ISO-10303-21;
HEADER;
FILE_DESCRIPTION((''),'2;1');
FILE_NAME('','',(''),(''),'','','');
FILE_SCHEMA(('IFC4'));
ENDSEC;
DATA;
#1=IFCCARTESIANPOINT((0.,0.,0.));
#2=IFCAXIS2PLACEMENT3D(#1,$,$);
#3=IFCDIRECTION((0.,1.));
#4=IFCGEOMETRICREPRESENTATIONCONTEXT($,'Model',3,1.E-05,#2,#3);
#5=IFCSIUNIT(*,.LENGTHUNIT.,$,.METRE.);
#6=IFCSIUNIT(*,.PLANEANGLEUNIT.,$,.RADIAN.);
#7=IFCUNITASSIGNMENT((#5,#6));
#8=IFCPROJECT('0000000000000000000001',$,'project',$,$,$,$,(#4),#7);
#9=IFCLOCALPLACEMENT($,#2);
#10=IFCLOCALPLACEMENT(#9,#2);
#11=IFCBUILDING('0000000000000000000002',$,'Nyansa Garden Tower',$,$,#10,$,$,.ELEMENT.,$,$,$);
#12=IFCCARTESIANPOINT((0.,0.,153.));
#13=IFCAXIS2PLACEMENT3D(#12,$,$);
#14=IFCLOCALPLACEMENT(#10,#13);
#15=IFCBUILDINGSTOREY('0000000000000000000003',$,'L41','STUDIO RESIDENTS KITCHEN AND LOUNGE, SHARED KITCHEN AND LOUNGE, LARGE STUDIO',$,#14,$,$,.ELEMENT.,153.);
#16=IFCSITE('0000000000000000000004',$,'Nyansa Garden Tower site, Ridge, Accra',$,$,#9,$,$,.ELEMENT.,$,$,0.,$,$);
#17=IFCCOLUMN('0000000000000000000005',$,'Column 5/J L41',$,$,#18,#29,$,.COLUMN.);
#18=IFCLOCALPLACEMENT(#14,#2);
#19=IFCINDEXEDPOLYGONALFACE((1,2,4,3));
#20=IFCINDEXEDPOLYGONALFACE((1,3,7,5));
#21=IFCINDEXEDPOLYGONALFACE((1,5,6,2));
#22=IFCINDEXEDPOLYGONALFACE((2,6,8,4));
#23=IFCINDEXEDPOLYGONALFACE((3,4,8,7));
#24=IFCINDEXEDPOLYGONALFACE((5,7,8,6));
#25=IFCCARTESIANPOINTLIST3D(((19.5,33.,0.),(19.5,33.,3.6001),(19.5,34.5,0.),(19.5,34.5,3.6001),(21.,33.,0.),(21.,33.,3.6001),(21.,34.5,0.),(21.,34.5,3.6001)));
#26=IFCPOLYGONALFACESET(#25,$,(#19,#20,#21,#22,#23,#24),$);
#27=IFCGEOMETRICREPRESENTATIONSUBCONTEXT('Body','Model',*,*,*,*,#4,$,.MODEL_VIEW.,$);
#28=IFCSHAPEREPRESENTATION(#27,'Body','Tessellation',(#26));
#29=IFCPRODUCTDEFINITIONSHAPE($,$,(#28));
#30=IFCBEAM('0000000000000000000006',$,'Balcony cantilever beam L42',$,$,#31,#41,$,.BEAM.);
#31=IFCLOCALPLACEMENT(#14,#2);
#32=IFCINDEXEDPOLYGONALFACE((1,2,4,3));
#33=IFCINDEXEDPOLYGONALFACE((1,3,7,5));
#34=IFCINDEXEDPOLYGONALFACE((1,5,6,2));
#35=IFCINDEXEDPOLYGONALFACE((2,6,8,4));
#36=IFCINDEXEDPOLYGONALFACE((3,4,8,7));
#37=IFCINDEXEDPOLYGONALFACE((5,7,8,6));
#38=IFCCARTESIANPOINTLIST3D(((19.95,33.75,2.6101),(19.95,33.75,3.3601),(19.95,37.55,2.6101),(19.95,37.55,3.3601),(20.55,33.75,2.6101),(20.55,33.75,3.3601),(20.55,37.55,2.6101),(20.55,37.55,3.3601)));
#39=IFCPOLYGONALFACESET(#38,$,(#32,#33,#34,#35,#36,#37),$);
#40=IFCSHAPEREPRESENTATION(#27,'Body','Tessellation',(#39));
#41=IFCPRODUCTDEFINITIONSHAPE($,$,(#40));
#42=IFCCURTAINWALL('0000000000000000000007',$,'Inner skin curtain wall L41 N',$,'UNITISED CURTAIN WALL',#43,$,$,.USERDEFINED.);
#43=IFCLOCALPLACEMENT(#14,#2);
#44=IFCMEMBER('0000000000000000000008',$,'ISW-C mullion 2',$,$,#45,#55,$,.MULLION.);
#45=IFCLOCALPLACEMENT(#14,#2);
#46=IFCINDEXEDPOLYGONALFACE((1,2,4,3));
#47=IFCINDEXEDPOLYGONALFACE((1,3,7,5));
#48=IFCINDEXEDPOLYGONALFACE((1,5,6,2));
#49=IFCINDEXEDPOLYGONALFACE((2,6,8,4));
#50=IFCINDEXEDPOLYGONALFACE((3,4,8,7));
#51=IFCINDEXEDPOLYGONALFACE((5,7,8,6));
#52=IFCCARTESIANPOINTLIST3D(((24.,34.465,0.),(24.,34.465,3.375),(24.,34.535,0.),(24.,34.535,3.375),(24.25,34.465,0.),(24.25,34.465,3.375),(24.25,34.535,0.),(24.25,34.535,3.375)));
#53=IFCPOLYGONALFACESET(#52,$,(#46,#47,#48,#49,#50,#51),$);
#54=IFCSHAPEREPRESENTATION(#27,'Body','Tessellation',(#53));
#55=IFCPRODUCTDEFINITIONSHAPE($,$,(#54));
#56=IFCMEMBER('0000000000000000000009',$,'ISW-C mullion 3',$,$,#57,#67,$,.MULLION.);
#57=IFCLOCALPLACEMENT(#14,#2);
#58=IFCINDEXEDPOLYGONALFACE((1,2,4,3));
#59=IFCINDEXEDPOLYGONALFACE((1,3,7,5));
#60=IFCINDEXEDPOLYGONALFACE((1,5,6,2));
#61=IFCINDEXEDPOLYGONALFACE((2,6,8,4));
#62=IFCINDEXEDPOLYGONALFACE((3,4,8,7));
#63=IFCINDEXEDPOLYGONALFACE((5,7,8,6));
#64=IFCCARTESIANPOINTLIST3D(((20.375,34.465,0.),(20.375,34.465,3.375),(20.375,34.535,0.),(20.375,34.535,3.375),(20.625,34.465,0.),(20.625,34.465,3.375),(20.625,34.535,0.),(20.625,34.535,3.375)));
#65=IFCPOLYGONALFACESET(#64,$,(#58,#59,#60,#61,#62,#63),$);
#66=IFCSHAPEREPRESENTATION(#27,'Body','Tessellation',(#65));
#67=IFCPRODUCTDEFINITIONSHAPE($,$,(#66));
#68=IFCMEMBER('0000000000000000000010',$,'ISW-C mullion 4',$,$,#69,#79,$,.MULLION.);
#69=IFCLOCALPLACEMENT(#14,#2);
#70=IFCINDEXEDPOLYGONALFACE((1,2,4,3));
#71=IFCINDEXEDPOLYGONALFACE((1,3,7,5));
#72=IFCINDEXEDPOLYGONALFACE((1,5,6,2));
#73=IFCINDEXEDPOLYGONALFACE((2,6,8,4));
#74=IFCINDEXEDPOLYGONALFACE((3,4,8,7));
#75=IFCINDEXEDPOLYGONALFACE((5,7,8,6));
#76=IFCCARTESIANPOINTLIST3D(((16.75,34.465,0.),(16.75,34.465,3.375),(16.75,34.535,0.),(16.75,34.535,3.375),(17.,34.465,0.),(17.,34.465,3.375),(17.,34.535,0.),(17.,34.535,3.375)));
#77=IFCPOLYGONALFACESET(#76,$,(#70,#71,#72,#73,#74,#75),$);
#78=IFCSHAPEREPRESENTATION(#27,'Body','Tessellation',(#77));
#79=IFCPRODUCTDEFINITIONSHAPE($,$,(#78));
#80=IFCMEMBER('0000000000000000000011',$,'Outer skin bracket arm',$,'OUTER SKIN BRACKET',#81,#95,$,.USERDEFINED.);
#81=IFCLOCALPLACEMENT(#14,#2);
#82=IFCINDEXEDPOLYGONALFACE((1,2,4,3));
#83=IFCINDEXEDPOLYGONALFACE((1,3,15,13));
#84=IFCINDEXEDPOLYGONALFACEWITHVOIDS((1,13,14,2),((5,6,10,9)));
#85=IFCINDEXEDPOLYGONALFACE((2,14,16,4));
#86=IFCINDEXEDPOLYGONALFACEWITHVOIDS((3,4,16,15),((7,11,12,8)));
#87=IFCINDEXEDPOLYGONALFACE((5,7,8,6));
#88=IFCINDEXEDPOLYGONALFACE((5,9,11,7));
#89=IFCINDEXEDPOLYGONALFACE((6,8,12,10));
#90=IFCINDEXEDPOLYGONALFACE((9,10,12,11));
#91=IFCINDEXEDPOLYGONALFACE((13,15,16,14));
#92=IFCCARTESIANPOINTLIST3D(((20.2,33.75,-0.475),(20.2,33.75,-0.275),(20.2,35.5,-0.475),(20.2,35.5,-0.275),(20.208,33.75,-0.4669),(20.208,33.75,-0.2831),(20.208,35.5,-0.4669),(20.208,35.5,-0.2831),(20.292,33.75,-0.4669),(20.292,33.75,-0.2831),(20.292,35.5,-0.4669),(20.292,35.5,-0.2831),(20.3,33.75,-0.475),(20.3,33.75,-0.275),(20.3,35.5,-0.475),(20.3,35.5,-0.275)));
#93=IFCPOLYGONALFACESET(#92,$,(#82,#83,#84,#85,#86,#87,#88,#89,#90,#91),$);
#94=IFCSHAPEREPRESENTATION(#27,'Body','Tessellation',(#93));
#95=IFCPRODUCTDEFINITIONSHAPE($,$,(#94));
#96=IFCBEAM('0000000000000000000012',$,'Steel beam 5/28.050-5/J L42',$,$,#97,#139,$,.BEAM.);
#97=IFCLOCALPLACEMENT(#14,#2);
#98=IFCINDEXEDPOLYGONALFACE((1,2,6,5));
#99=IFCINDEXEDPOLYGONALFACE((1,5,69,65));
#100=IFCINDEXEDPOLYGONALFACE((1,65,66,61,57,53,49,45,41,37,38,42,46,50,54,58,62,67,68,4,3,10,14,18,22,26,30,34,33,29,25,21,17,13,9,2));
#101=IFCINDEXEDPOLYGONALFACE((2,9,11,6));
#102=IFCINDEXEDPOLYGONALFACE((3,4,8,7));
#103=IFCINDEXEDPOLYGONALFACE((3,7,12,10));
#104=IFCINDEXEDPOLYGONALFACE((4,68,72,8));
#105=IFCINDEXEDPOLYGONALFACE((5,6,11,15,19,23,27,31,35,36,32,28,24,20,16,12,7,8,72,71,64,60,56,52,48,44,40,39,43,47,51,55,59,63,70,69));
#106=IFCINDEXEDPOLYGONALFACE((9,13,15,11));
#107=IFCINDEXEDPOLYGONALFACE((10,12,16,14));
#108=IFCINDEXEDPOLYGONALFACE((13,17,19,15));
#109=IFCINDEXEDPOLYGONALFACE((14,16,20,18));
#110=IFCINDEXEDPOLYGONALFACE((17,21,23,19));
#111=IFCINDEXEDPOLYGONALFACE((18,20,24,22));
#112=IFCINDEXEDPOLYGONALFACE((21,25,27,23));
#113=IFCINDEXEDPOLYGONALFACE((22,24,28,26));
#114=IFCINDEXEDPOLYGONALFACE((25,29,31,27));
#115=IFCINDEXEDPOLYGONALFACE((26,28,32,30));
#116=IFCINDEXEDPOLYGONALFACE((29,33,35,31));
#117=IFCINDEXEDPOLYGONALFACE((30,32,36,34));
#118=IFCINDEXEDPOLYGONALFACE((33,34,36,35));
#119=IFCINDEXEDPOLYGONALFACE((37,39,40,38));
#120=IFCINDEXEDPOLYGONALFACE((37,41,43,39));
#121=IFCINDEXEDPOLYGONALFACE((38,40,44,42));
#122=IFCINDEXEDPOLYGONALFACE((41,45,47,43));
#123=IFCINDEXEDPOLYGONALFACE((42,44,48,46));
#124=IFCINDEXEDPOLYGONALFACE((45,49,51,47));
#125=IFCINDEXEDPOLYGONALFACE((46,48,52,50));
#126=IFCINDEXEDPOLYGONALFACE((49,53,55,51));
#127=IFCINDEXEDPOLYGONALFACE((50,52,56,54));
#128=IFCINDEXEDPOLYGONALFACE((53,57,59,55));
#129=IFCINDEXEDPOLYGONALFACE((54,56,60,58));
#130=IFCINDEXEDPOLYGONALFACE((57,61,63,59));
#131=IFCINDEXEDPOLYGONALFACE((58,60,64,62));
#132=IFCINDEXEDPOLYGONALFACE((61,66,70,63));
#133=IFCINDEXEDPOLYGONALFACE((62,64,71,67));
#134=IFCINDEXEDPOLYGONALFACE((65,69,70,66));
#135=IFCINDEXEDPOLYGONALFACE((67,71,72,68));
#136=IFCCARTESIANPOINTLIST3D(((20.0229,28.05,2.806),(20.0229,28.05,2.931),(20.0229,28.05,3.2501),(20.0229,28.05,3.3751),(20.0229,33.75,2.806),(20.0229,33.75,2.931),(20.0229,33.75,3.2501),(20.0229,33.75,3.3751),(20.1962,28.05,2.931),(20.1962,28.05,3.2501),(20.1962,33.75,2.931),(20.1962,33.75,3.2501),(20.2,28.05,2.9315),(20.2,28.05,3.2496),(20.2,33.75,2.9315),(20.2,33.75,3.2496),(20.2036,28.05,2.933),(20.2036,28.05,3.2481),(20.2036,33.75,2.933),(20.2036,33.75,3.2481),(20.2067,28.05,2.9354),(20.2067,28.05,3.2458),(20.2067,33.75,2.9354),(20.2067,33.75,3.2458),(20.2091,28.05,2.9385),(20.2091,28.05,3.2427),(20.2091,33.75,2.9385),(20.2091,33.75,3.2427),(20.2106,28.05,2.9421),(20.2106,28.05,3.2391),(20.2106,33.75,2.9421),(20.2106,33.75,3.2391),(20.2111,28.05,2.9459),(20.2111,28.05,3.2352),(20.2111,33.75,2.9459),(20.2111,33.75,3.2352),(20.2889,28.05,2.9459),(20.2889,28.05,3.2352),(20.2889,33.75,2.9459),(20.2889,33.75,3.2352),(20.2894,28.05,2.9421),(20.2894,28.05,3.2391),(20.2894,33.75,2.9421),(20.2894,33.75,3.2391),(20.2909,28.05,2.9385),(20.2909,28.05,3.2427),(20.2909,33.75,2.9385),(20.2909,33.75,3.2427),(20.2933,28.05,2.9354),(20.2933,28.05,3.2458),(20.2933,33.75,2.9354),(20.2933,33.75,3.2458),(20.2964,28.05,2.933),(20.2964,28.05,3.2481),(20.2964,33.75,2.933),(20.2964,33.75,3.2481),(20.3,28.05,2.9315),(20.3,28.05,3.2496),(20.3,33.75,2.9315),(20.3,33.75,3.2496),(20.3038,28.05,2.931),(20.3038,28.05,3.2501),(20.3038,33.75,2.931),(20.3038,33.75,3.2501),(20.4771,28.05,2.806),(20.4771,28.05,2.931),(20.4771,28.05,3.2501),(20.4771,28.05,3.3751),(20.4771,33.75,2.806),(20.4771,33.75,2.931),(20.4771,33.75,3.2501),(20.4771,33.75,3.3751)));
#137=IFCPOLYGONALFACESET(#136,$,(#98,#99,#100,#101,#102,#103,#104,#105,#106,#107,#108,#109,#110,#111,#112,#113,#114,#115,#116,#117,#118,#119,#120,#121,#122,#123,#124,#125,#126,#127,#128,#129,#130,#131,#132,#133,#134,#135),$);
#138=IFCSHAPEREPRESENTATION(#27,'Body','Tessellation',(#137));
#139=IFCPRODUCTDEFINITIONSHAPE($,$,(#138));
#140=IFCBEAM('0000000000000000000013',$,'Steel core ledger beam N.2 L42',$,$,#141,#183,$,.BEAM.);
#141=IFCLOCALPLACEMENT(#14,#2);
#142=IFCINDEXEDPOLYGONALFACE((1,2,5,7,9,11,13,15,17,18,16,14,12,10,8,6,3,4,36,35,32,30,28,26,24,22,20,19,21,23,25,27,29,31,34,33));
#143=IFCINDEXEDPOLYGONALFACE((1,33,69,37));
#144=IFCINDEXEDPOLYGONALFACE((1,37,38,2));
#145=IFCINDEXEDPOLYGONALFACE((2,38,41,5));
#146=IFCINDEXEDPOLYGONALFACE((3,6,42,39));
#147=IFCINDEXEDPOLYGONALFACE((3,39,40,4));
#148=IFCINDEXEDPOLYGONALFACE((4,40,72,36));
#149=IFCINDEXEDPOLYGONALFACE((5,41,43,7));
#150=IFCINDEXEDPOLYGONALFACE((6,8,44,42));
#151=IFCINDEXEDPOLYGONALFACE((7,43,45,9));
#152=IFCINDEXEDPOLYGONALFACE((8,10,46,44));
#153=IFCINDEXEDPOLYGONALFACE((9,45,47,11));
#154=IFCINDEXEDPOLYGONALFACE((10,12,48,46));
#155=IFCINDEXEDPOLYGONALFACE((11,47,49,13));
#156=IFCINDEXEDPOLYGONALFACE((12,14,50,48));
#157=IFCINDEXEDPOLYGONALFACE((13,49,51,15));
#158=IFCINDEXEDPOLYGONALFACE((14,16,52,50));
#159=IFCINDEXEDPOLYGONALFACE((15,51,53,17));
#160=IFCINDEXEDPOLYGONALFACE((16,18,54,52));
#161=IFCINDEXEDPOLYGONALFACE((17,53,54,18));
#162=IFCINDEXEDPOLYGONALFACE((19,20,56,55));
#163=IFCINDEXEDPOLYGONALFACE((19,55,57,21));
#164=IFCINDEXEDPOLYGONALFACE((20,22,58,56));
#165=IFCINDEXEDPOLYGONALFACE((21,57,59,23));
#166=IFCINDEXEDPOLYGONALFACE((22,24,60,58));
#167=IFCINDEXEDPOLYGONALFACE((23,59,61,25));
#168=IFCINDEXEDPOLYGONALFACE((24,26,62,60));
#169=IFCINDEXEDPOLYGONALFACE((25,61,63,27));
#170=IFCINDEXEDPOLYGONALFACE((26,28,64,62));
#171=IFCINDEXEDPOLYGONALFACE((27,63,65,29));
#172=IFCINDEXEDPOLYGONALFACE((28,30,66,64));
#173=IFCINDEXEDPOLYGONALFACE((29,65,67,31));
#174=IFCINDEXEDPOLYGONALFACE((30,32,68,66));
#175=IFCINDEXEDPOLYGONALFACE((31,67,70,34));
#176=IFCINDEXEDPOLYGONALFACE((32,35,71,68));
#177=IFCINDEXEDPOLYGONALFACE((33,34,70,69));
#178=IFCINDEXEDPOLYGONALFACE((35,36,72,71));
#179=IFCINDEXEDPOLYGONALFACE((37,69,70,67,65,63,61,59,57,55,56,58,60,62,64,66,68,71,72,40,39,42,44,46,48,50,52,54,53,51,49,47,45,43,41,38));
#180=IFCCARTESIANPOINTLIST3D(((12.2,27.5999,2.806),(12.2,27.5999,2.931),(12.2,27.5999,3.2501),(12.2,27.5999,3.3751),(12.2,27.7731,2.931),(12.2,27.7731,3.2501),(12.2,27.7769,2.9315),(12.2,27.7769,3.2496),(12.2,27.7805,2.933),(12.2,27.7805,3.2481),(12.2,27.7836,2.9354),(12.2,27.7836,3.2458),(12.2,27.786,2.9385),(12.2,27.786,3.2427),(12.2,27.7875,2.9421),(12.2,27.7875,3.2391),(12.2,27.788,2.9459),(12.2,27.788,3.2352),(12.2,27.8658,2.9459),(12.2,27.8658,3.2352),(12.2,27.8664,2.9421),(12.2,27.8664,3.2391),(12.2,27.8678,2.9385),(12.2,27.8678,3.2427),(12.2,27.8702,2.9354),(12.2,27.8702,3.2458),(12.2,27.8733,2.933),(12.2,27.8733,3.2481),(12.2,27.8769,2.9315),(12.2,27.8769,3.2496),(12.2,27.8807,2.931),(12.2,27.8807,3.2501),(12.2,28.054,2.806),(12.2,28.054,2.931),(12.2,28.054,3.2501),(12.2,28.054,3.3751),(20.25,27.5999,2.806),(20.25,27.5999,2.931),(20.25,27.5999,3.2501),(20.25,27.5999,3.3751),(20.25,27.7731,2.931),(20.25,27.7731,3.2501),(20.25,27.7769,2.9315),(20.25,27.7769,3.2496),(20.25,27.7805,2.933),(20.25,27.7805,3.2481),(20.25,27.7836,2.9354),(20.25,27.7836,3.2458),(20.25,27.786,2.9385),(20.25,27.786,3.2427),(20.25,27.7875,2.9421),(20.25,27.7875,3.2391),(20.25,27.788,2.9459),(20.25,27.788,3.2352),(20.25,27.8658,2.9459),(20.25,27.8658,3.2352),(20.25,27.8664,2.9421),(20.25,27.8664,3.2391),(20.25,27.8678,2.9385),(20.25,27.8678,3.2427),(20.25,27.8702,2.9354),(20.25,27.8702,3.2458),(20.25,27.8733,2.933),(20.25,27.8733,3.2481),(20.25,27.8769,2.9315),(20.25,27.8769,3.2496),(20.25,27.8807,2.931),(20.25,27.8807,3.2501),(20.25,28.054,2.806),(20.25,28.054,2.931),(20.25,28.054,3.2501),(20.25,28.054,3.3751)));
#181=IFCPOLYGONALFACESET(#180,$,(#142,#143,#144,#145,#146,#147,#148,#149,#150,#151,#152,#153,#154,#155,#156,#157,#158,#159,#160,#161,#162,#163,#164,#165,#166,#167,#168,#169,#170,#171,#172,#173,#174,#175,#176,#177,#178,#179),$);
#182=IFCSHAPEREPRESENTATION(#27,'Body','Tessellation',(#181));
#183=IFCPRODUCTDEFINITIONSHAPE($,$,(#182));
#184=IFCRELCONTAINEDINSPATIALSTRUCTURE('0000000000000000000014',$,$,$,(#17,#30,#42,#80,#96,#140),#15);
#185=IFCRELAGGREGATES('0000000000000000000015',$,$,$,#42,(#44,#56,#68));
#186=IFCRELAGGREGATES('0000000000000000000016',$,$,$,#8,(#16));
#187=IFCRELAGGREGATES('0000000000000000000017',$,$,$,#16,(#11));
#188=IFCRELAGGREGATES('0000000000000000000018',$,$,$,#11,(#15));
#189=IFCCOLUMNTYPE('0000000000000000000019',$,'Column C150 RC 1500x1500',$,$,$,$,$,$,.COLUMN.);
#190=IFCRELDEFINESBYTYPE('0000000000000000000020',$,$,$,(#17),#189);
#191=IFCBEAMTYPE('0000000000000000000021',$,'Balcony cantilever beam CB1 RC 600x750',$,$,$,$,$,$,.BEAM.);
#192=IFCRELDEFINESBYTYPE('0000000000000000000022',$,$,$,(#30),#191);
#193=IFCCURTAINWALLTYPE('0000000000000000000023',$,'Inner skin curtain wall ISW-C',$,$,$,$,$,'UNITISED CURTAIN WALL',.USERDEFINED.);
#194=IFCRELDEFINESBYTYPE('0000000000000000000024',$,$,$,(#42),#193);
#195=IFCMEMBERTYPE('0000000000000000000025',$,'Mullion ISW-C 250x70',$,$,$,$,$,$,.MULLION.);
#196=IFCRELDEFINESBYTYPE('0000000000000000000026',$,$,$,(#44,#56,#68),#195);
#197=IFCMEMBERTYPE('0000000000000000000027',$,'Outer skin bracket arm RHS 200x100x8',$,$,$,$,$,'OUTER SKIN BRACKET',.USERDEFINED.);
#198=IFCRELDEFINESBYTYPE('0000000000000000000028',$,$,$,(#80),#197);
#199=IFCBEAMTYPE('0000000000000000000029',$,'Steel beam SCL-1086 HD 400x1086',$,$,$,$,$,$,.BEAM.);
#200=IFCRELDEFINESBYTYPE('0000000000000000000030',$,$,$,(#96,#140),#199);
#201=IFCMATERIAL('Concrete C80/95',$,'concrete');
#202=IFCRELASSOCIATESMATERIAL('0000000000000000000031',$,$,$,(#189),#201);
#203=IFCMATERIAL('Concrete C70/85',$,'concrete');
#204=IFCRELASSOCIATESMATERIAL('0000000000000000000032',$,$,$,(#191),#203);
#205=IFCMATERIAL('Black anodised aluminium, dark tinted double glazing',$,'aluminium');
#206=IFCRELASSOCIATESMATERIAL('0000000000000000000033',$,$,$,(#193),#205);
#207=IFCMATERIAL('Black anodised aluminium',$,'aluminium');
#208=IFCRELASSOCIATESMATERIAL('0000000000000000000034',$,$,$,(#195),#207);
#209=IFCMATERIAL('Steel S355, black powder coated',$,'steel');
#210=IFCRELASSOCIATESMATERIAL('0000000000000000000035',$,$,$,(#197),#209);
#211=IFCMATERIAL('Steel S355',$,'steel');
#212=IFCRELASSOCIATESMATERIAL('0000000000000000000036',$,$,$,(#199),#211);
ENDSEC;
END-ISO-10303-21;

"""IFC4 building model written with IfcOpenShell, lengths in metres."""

from ifc_helpers import new_model, si_unit, direction, frame, origin, origin_2d, place, context, subcontext, project, spatial, rectangle, hollow_rectangle, i_section, extrude, material, material_profile, profile_set, type_object, element, aggregate, save


model = new_model("IFC4")

# Units and contexts
model_context = context("Model", 3, precision=1e-05, world=origin(), true_north=direction((0.0, 1.0)))
body_context = subcontext(model_context, "Body", "Model", "MODEL_VIEW")
ifc_project = project(units=[si_unit("LENGTHUNIT", "METRE"), si_unit("PLANEANGLEUNIT", "RADIAN")], contexts=[model_context])

# Site, building, storey
site_placement = place(None, origin())
site = spatial("IfcSite", under=ifc_project, at=site_placement, Name="Nyansa Garden Tower site, Ridge, Accra", CompositionType="ELEMENT", RefElevation=0.0)
building_placement = place(site_placement, origin())
building = spatial("IfcBuilding", under=site, at=building_placement, Name="Nyansa Garden Tower", CompositionType="ELEMENT")
storey_placement = place(building_placement, frame((0.0, 0.0, 153.0)))
storey = spatial("IfcBuildingStorey", under=building, at=storey_placement, Name="L41", Description="STUDIO RESIDENTS KITCHEN AND LOUNGE, SHARED KITCHEN AND LOUNGE, LARGE STUDIO", CompositionType="ELEMENT", Elevation=153.0)

# Column
ifc_material_1 = material(Name="Concrete C80/95", Category="concrete")
ifc_material_profile_1 = material_profile(ifc_material_1, rectangle(XDim=1.5, YDim=1.5, at=origin_2d()), Name="RC 1500x1500")
ifc_profile_set_1 = profile_set([ifc_material_profile_1], Name="Concrete C80/95")
column_type = type_object("IfcColumnType", Name="Column C150 RC 1500x1500", PredefinedType="COLUMN", material=ifc_profile_set_1)
column_placement = place(storey_placement, frame((20.25, 33.75, 0.0), z_axis=(0.0, 0.0, 1.0), x_axis=(1.0, 0.0, 0.0)))
element("IfcColumn", 1, at=column_placement, inside=storey, type_object=column_type, Name="Column 5/J L41", PredefinedType="COLUMN", context=body_context, shape_type="SweptSolid", body=[
    extrude(rectangle(XDim=1.5, YDim=1.5, at=origin_2d()), origin(), (0.0, 0.0, 1.0), 3.6001),
])

# Beam
ifc_material_2 = material(Name="Concrete C70/85", Category="concrete")
ifc_material_profile_2 = material_profile(ifc_material_2, rectangle(XDim=0.6001, YDim=0.75, at=origin_2d()), Name="RC 600x750")
ifc_profile_set_2 = profile_set([ifc_material_profile_2], Name="Concrete C70/85")
beam_type_1 = type_object("IfcBeamType", Name="Balcony cantilever beam CB1 RC 600x750", PredefinedType="BEAM", material=ifc_profile_set_2)
beam_1_placement = place(storey_placement, frame((20.25, 33.75, 2.9851), z_axis=(0.0, 1.0, 0.0), x_axis=(-1.0, 0.0, 0.0)))
element("IfcBeam", 2, at=beam_1_placement, inside=storey, type_object=beam_type_1, Name="Balcony cantilever beam L42", PredefinedType="BEAM", context=body_context, shape_type="SweptSolid", body=[
    extrude(rectangle(XDim=0.6001, YDim=0.75, at=origin_2d()), origin(), (0.0, 0.0, 1.0), 3.8),
])

# Curtain wall, members
ifc_material_3 = material(Name="Black anodised aluminium, dark tinted double glazing", Category="aluminium")
curtain_wall_type = type_object("IfcCurtainWallType", Name="Inner skin curtain wall ISW-C", ElementType="UNITISED CURTAIN WALL", PredefinedType="USERDEFINED", material=ifc_material_3)
curtain_wall_placement = place(storey_placement, origin())
curtain_wall = element("IfcCurtainWall", 3, at=curtain_wall_placement, inside=storey, type_object=curtain_wall_type, Name="Inner skin curtain wall L41 N", ObjectType="UNITISED CURTAIN WALL", PredefinedType="USERDEFINED")
ifc_material_4 = material(Name="Black anodised aluminium", Category="aluminium")
ifc_material_profile_3 = material_profile(ifc_material_4, rectangle(XDim=0.0701, YDim=0.25, at=origin_2d()), Name="Mullion 250x70")
ifc_profile_set_3 = profile_set([ifc_material_profile_3], Name="Black anodised aluminium")
member_type_1 = type_object("IfcMemberType", Name="Mullion ISW-C 250x70", PredefinedType="MULLION", material=ifc_profile_set_3)
member_1_placement = place(storey_placement, frame((24.125, 34.5, 0.0), z_axis=(0.0, 0.0, 1.0), x_axis=(0.0, -1.0, 0.0)))
member_1 = element("IfcMember", 4, at=member_1_placement, type_object=member_type_1, Name="ISW-C mullion 2", PredefinedType="MULLION", context=body_context, shape_type="SweptSolid", body=[
    extrude(rectangle(XDim=0.0701, YDim=0.25, at=origin_2d()), origin(), (0.0, 0.0, 1.0), 3.375),
])
member_2_placement = place(storey_placement, frame((20.5, 34.5, 0.0), z_axis=(0.0, 0.0, 1.0), x_axis=(0.0, -1.0, 0.0)))
member_2 = element("IfcMember", 5, at=member_2_placement, type_object=member_type_1, Name="ISW-C mullion 3", PredefinedType="MULLION", context=body_context, shape_type="SweptSolid", body=[
    extrude(rectangle(XDim=0.0701, YDim=0.25, at=origin_2d()), origin(), (0.0, 0.0, 1.0), 3.375),
])
member_3_placement = place(storey_placement, frame((16.875, 34.5, 0.0), z_axis=(0.0, 0.0, 1.0), x_axis=(0.0, -1.0, 0.0)))
member_3 = element("IfcMember", 6, at=member_3_placement, type_object=member_type_1, Name="ISW-C mullion 4", PredefinedType="MULLION", context=body_context, shape_type="SweptSolid", body=[
    extrude(rectangle(XDim=0.0701, YDim=0.25, at=origin_2d()), origin(), (0.0, 0.0, 1.0), 3.375),
])

# Member
ifc_material_5 = material(Name="Steel S355, black powder coated", Category="steel")
ifc_material_profile_4 = material_profile(ifc_material_5, hollow_rectangle(XDim=0.1001, YDim=0.2, WallThickness=0.0081, at=origin_2d()), Name="RHS 200x100x8")
ifc_profile_set_4 = profile_set([ifc_material_profile_4], Name="Steel S355, black powder coated")
member_type_2 = type_object("IfcMemberType", Name="Outer skin bracket arm RHS 200x100x8", ElementType="OUTER SKIN BRACKET", PredefinedType="USERDEFINED", material=ifc_profile_set_4)
member_4_placement = place(storey_placement, frame((20.25, 33.75, -0.375), z_axis=(0.0, 1.0, 0.0), x_axis=(-1.0, 0.0, 0.0)))
element("IfcMember", 7, at=member_4_placement, inside=storey, type_object=member_type_2, Name="Outer skin bracket arm", ObjectType="OUTER SKIN BRACKET", PredefinedType="USERDEFINED", context=body_context, shape_type="SweptSolid", body=[
    extrude(hollow_rectangle(XDim=0.1001, YDim=0.2, WallThickness=0.0081, at=origin_2d()), origin(), (0.0, 0.0, 1.0), 1.75),
])

# Beams
ifc_material_6 = material(Name="Steel S355", Category="steel")
ifc_material_profile_5 = material_profile(ifc_material_6, i_section(OverallWidth=0.4541, OverallDepth=0.5691, WebThickness=0.0779, FlangeThickness=0.125, FilletRadius=0.0149, at=origin_2d()), Name="HD 400x1086")
ifc_profile_set_5 = profile_set([ifc_material_profile_5], Name="Steel S355")
beam_type_2 = type_object("IfcBeamType", Name="Steel beam SCL-1086 HD 400x1086", PredefinedType="BEAM", material=ifc_profile_set_5)
beam_2_placement = place(storey_placement, frame((20.25, 28.05, 3.0906), z_axis=(0.0, 1.0, 0.0), x_axis=(-1.0, 0.0, 0.0)))
element("IfcBeam", 8, at=beam_2_placement, inside=storey, type_object=beam_type_2, Name="Steel beam 5/28.050-5/J L42", PredefinedType="BEAM", context=body_context, shape_type="SweptSolid", body=[
    extrude(i_section(OverallWidth=0.4541, OverallDepth=0.5691, WebThickness=0.0779, FlangeThickness=0.125, FilletRadius=0.0149, at=origin_2d()), origin(), (0.0, 0.0, 1.0), 5.7),
])
beam_3_placement = place(storey_placement, frame((20.25, 27.8269, 3.0906), z_axis=(-1.0, 0.0, 0.0), x_axis=(0.0, -1.0, 0.0)))
element("IfcBeam", 9, at=beam_3_placement, inside=storey, type_object=beam_type_2, Name="Steel core ledger beam N.2 L42", PredefinedType="BEAM", context=body_context, shape_type="SweptSolid", body=[
    extrude(i_section(OverallWidth=0.4541, OverallDepth=0.5691, WebThickness=0.0779, FlangeThickness=0.125, FilletRadius=0.0149, at=origin_2d()), origin(), (0.0, 0.0, 1.0), 8.05),
])

aggregate(curtain_wall, [member_1, member_2, member_3])

save(model, "model.ifc")
